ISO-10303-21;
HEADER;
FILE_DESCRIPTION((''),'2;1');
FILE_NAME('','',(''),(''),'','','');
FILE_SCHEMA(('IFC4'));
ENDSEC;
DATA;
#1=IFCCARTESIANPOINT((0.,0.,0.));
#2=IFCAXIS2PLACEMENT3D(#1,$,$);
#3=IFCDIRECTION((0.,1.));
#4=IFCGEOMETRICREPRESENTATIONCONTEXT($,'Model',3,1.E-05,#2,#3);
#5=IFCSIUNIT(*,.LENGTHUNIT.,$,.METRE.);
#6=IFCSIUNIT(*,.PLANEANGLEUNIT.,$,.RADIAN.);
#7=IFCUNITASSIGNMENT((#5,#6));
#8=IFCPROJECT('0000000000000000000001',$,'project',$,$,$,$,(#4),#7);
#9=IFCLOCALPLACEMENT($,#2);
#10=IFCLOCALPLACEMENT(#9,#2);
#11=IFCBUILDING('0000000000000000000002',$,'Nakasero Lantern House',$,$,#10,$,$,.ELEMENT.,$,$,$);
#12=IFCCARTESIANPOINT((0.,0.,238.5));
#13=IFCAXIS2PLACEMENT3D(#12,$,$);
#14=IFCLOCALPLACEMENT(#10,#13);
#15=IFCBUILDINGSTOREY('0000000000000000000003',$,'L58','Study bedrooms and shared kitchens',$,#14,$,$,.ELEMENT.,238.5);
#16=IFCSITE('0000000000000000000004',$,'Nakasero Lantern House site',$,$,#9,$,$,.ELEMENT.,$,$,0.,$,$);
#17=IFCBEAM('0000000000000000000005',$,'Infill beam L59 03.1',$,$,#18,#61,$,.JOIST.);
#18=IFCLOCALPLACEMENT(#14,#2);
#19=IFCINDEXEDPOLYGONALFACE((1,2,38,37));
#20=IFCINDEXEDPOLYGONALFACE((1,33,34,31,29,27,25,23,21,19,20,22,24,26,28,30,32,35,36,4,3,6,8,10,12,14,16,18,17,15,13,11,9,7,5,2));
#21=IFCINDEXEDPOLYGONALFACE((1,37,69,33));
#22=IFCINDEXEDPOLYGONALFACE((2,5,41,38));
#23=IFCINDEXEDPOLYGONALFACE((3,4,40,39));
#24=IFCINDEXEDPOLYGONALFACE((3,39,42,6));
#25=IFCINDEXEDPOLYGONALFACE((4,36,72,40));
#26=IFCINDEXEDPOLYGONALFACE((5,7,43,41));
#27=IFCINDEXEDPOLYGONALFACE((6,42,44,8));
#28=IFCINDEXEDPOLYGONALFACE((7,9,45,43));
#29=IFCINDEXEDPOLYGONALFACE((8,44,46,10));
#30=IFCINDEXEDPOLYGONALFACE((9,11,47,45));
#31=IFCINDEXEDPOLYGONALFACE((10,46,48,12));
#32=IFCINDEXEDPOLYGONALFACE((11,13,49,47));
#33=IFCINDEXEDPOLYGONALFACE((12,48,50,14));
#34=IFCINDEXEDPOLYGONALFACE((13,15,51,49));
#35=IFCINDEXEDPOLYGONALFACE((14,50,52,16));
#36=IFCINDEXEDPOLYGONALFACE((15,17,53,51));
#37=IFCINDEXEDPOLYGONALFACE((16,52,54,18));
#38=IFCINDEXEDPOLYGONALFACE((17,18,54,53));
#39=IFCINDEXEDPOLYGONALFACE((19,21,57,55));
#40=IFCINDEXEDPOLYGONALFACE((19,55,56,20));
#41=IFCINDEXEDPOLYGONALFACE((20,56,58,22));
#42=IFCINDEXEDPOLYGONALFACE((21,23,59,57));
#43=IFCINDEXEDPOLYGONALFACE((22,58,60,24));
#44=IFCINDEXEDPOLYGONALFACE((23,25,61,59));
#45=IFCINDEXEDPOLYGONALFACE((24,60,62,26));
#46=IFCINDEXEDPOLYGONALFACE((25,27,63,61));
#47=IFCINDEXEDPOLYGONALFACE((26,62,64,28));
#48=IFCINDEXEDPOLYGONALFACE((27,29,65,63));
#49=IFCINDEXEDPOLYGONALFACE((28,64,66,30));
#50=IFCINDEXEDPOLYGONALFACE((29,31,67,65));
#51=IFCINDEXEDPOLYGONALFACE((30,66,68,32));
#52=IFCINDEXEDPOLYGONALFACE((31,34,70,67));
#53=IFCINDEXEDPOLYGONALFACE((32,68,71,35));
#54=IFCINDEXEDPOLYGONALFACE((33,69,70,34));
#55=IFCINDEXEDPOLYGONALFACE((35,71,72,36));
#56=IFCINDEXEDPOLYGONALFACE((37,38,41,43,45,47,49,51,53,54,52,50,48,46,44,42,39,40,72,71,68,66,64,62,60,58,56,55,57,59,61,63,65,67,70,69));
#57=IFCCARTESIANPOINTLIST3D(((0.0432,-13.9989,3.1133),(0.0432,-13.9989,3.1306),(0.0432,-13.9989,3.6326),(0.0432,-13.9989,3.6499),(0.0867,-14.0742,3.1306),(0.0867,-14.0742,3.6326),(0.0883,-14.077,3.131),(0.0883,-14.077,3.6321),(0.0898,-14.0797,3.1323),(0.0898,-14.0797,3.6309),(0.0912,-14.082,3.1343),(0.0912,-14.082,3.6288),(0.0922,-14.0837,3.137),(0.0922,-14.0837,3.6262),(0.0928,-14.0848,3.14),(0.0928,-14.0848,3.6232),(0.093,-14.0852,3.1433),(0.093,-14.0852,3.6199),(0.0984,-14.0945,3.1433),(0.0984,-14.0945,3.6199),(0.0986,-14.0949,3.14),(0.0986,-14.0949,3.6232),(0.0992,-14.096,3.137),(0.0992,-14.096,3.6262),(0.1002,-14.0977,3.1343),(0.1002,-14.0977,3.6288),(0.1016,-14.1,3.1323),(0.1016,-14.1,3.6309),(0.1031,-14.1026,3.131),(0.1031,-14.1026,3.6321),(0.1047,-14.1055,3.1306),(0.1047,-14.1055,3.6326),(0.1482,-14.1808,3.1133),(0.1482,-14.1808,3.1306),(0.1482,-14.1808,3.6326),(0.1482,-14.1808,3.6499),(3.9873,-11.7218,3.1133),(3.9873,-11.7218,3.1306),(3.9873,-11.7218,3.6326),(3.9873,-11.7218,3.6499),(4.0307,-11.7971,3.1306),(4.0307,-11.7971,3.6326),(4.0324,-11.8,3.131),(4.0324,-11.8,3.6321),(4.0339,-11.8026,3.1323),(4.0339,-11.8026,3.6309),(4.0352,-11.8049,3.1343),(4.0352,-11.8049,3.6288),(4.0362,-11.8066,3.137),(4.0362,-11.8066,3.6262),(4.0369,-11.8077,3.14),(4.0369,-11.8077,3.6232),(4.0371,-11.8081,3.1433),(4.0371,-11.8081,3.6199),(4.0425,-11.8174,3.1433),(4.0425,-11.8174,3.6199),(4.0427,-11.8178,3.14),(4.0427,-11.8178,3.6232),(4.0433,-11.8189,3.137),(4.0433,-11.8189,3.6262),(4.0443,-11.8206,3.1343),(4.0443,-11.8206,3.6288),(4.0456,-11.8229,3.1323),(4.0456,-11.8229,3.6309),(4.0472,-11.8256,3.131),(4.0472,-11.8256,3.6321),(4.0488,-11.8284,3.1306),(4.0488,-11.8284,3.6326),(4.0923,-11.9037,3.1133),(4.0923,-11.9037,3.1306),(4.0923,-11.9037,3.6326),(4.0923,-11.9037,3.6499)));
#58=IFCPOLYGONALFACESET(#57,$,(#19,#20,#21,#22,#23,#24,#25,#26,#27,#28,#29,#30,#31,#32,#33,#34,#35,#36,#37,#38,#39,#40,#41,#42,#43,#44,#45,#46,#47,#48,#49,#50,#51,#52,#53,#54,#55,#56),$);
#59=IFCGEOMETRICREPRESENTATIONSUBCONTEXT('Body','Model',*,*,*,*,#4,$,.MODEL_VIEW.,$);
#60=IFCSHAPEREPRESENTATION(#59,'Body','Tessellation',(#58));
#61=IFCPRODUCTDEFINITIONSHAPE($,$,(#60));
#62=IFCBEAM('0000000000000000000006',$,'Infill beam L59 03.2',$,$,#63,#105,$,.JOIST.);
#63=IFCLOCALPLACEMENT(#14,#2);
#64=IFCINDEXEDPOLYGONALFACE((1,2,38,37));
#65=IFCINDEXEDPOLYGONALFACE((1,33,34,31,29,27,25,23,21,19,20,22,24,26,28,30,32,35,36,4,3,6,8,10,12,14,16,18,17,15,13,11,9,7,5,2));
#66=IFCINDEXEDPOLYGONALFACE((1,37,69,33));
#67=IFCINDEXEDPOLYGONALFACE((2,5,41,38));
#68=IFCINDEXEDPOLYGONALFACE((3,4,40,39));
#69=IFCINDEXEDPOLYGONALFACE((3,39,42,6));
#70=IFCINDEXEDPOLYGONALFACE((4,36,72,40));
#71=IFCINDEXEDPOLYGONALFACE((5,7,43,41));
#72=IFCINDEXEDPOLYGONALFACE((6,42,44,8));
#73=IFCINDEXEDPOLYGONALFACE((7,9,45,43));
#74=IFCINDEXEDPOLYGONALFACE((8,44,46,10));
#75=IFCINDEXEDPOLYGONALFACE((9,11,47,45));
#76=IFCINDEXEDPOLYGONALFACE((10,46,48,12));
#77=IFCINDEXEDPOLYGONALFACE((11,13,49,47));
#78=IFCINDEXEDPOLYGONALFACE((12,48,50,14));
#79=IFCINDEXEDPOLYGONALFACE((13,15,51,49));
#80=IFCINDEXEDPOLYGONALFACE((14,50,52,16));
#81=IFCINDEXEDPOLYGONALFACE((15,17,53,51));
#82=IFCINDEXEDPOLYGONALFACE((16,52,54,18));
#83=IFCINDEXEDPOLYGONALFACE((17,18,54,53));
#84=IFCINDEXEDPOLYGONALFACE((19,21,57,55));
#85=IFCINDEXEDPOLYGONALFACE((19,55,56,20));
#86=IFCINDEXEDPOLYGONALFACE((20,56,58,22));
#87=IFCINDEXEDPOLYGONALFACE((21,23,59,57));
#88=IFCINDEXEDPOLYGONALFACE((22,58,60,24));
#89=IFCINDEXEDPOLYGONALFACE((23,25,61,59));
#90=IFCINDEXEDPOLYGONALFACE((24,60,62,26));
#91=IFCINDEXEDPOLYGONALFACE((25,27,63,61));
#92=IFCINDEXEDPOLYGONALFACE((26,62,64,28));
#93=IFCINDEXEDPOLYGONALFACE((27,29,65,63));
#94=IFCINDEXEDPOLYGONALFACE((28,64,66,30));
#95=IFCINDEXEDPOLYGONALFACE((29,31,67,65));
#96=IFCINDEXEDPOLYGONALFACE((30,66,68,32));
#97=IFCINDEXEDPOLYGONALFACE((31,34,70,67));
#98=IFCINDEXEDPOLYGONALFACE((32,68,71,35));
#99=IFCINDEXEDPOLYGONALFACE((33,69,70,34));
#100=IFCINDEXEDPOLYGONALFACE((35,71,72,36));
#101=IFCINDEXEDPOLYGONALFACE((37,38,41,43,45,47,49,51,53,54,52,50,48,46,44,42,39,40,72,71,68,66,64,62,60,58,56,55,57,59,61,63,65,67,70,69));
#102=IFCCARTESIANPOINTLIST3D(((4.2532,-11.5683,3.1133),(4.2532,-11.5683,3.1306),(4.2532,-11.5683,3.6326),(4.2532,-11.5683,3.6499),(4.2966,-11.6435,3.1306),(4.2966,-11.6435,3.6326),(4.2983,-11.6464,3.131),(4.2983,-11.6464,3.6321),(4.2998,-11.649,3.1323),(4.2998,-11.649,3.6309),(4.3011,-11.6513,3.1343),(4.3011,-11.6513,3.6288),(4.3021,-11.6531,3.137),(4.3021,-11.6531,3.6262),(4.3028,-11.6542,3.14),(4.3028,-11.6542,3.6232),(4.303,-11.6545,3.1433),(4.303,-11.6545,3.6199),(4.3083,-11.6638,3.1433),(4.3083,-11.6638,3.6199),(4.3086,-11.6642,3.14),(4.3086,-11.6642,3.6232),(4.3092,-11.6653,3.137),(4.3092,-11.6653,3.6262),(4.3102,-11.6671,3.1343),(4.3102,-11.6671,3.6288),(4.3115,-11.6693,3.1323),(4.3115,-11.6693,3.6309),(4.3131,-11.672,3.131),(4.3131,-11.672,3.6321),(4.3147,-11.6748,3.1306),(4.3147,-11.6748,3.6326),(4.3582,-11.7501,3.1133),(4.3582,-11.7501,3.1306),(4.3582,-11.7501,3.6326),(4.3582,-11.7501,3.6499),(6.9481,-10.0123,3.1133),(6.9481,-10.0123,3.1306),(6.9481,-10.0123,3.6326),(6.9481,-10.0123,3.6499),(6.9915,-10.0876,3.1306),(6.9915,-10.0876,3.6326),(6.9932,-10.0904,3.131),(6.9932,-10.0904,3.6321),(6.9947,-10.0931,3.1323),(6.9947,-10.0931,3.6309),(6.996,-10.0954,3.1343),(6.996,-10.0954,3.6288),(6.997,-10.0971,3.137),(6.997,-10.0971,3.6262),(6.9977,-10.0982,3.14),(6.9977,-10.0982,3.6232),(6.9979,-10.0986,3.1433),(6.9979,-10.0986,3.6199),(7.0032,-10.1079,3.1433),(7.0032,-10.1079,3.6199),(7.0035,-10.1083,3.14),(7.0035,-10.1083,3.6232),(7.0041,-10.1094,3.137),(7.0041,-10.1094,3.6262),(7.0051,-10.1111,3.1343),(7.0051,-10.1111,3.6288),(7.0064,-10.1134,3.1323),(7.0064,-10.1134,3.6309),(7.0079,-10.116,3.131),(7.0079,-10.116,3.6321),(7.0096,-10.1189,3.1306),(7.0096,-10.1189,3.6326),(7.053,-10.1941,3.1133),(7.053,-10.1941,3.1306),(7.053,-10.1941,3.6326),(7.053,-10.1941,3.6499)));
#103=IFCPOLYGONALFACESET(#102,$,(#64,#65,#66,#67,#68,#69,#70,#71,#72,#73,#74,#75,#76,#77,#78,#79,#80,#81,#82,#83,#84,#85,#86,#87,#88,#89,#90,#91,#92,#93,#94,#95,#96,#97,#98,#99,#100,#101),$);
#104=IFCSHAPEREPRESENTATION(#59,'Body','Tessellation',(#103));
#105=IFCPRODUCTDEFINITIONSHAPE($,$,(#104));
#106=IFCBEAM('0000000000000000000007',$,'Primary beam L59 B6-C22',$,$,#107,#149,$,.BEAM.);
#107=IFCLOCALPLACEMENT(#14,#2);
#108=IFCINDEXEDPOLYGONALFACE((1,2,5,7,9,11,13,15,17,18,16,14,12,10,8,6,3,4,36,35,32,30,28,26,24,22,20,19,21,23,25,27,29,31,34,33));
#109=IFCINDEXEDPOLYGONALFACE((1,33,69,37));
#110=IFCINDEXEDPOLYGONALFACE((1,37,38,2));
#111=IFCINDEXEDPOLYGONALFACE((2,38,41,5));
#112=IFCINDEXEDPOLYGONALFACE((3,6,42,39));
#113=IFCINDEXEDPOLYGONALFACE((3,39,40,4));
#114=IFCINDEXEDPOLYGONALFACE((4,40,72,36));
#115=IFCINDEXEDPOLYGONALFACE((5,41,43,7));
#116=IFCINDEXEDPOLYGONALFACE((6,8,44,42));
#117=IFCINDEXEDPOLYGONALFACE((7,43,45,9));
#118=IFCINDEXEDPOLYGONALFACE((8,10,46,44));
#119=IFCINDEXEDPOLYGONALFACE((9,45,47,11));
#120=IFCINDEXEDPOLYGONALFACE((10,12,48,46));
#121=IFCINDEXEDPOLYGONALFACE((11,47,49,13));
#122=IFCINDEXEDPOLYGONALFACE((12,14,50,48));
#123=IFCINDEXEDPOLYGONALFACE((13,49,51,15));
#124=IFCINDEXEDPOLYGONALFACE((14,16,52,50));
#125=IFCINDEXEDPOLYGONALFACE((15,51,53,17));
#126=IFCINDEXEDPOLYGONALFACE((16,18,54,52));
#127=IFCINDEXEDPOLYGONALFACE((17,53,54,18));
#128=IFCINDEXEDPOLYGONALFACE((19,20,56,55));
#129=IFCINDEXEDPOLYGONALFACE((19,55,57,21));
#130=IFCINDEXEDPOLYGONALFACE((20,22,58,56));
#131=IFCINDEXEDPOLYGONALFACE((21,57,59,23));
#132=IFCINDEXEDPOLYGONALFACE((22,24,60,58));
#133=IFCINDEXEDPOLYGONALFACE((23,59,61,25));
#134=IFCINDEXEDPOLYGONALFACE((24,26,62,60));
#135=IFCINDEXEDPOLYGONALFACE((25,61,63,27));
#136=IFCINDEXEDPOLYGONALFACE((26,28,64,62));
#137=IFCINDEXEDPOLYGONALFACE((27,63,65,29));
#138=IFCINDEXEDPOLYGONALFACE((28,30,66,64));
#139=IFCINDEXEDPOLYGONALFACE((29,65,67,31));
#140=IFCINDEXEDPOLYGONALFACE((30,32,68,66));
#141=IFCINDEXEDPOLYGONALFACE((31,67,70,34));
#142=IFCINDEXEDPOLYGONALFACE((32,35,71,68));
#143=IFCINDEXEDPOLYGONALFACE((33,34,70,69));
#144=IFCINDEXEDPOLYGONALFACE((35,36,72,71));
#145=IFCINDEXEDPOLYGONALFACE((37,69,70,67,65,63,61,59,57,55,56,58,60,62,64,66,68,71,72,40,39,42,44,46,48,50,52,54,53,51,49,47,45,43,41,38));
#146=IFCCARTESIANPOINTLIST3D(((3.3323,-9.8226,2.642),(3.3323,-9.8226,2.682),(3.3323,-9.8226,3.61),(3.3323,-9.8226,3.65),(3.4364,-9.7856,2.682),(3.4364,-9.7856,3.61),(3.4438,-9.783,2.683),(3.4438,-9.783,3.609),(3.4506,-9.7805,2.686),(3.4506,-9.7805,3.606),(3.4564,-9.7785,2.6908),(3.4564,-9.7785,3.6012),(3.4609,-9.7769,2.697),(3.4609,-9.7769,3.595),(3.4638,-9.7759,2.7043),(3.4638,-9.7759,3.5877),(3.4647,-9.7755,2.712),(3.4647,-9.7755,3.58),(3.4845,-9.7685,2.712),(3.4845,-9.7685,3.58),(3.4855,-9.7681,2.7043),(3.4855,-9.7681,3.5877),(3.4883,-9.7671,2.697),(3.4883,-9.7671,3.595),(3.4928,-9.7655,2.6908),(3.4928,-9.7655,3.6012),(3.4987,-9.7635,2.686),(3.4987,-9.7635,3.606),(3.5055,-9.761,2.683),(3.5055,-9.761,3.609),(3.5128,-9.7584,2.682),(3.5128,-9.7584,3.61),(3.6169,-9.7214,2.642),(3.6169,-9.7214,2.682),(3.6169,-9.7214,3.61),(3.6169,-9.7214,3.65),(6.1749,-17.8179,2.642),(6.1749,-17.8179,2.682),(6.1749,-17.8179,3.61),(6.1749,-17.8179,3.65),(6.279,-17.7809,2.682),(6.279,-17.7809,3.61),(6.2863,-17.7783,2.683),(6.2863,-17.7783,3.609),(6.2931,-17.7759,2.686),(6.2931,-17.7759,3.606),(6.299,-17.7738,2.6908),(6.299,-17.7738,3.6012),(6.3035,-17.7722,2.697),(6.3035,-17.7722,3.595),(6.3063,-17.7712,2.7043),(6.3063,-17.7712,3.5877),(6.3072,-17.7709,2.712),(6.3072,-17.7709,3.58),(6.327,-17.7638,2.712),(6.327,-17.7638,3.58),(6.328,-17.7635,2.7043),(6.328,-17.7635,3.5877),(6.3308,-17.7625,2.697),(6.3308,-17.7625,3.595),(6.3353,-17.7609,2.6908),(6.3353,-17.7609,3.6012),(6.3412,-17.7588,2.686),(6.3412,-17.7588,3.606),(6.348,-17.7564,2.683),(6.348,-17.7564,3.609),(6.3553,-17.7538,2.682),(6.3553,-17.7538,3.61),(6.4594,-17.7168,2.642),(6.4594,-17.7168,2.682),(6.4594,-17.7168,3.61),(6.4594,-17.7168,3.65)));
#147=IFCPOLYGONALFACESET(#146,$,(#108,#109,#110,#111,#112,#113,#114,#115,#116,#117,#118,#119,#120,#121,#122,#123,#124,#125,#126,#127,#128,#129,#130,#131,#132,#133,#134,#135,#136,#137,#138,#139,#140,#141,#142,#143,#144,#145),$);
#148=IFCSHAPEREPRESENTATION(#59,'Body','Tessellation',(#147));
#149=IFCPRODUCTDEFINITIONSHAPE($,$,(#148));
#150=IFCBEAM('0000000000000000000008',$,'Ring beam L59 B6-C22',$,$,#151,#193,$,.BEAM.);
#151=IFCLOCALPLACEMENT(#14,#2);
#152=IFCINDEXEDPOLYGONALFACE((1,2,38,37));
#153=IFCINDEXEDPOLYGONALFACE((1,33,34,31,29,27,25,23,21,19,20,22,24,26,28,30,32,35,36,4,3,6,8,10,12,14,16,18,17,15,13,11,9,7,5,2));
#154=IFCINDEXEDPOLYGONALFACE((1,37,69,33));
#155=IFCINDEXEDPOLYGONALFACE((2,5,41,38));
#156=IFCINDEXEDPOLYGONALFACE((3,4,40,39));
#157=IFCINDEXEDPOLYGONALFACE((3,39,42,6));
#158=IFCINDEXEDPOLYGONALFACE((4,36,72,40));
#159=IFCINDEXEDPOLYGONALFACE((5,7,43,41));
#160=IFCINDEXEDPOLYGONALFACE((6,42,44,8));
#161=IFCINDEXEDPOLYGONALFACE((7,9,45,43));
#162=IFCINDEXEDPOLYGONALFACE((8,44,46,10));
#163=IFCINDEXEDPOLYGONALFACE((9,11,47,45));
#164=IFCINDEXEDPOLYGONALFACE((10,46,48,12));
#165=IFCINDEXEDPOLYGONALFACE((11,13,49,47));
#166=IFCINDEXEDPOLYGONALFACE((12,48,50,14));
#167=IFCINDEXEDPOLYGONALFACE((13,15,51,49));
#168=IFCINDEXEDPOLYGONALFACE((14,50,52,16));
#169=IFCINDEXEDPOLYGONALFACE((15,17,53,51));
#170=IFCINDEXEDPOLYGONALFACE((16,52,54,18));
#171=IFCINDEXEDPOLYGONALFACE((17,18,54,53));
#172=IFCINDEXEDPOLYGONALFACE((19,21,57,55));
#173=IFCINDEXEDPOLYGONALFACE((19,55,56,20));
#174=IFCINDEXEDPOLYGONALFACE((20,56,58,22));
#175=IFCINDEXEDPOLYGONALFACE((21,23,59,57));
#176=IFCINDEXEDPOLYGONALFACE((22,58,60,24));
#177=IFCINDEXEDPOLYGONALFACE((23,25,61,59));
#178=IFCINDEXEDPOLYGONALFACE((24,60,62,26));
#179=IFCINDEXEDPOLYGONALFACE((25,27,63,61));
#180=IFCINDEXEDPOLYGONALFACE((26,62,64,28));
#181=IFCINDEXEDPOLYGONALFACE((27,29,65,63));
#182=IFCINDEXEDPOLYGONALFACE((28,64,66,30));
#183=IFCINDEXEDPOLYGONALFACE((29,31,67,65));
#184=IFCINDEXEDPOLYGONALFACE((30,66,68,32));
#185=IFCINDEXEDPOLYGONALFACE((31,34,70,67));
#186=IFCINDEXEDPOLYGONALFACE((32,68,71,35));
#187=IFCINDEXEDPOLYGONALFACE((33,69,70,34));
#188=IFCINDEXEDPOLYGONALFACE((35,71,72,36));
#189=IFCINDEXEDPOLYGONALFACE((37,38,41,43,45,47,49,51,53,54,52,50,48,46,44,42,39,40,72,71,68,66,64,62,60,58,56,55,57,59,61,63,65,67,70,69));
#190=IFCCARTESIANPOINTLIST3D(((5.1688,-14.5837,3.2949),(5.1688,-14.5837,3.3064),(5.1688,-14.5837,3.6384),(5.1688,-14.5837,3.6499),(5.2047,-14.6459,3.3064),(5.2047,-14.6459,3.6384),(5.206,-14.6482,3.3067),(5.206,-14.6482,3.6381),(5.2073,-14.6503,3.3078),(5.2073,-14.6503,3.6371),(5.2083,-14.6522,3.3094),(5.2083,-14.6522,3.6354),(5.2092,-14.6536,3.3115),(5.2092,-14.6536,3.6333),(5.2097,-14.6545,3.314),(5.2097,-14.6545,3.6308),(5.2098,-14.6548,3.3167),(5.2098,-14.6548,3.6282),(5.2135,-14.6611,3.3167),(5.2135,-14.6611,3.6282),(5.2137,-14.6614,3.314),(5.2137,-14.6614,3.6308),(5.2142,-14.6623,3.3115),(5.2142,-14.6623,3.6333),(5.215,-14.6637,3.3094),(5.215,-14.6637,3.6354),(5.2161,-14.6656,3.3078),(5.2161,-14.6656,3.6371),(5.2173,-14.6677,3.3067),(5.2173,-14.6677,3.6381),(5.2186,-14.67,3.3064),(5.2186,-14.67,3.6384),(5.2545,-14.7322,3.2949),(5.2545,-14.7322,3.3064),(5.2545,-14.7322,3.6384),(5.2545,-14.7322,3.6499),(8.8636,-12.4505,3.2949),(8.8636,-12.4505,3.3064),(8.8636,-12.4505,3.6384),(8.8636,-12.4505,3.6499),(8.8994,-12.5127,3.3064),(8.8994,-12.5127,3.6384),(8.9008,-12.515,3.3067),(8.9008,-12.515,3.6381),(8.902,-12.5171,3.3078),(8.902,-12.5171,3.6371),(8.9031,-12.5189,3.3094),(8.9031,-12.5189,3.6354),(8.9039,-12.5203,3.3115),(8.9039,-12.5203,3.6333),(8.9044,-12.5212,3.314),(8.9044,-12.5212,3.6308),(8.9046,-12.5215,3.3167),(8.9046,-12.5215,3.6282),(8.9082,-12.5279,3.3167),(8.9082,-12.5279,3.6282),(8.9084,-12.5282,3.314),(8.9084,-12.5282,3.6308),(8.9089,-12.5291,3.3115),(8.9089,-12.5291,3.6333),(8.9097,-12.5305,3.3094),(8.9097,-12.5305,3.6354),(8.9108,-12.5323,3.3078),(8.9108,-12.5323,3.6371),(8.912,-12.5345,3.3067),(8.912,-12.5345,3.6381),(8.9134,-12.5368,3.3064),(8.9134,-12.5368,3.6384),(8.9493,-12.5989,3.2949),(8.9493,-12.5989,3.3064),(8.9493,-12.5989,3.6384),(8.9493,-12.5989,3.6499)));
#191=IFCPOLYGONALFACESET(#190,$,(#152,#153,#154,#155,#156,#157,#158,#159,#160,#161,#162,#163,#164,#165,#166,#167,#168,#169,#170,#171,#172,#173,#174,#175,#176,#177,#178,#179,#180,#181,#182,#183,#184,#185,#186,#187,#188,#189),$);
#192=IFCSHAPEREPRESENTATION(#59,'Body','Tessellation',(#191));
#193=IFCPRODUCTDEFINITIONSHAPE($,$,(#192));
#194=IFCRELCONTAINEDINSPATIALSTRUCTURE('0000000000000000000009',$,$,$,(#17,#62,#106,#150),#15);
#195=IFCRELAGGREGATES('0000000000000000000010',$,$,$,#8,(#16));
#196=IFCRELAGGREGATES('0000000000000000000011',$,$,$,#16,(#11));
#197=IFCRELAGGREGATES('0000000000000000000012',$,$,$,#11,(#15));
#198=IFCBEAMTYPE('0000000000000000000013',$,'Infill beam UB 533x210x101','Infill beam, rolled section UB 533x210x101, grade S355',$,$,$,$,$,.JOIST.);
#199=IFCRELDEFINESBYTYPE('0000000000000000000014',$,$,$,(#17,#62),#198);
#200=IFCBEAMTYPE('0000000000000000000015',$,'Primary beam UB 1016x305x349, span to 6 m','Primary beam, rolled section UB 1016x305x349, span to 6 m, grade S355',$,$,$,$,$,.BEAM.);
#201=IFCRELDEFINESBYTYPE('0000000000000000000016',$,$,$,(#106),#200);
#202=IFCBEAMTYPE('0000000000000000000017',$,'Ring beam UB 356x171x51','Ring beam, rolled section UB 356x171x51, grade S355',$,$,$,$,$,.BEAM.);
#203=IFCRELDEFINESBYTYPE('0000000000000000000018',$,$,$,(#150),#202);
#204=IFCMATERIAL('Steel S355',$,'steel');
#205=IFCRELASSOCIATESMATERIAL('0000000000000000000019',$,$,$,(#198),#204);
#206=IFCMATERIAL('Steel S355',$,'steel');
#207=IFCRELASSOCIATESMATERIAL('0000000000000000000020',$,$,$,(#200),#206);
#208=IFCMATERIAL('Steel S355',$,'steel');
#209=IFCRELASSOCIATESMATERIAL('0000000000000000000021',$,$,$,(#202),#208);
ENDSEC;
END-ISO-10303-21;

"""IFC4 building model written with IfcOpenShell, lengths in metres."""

from ifc_helpers import new_model, si_unit, direction, frame, origin, origin_2d, place, context, subcontext, project, spatial, i_section, extrude, material, material_profile, profile_set, type_object, element, save


model = new_model("IFC4")

# Units and contexts
model_context = context("Model", 3, precision=1e-05, world=origin(), true_north=direction((0.0, 1.0)))
body_context = subcontext(model_context, "Body", "Model", "MODEL_VIEW")
ifc_project = project(units=[si_unit("LENGTHUNIT", "METRE"), si_unit("PLANEANGLEUNIT", "RADIAN")], contexts=[model_context])

# Site, building, storey
site_placement = place(None, origin())
site = spatial("IfcSite", under=ifc_project, at=site_placement, Name="Nakasero Lantern House site", CompositionType="ELEMENT", RefElevation=0.0)
building_placement = place(site_placement, origin())
building = spatial("IfcBuilding", under=site, at=building_placement, Name="Nakasero Lantern House", CompositionType="ELEMENT")
storey_placement = place(building_placement, frame((0.0, 0.0, 238.5)))
storey = spatial("IfcBuildingStorey", under=building, at=storey_placement, Name="L58", Description="Study bedrooms and shared kitchens", CompositionType="ELEMENT", Elevation=238.5)

# Beams
ifc_material_1 = material(Name="Steel S355", Category="steel")
ifc_material_profile_1 = material_profile(ifc_material_1, i_section(OverallWidth=0.21, OverallDepth=0.5366, WebThickness=0.0107, FlangeThickness=0.0173, FilletRadius=0.0127, at=origin_2d()), Name="UB 533x210x101")
ifc_profile_set_1 = profile_set([ifc_material_profile_1], Name="Steel S355")
beam_type_1 = type_object("IfcBeamType", Name="Infill beam UB 533x210x101", Description="Infill beam, rolled section UB 533x210x101, grade S355", PredefinedType="JOIST", material=ifc_profile_set_1)
beam_1_placement = place(storey_placement, frame((0.0957, -14.0898, 3.3816), z_axis=(0.866028, 0.499996, 0.0), x_axis=(-0.499996, 0.866028, 0.0)))
element("IfcBeam", 1, at=beam_1_placement, inside=storey, type_object=beam_type_1, Name="Infill beam L59 03.1", PredefinedType="JOIST", context=body_context, shape_type="SweptSolid", body=[
    extrude(i_section(OverallWidth=0.21, OverallDepth=0.5366, WebThickness=0.0107, FlangeThickness=0.0173, FilletRadius=0.0127, at=origin_2d()), origin(), (0.0, 0.0, 1.0), 4.5542),
])
beam_2_placement = place(storey_placement, frame((4.3057, -11.6592, 3.3816), z_axis=(0.866018, 0.500012, 0.0), x_axis=(-0.500012, 0.866018, 0.0)))
element("IfcBeam", 2, at=beam_2_placement, inside=storey, type_object=beam_type_1, Name="Infill beam L59 03.2", PredefinedType="JOIST", context=body_context, shape_type="SweptSolid", body=[
    extrude(i_section(OverallWidth=0.21, OverallDepth=0.5366, WebThickness=0.0107, FlangeThickness=0.0173, FilletRadius=0.0127, at=origin_2d()), origin(), (0.0, 0.0, 1.0), 3.1118),
])
ifc_material_2 = material(Name="Steel S355", Category="steel")
ifc_material_profile_2 = material_profile(ifc_material_2, i_section(OverallWidth=0.302, OverallDepth=1.0081, WebThickness=0.021, FlangeThickness=0.04, FilletRadius=0.03, at=origin_2d()), Name="UB 1016x305x349")
ifc_profile_set_2 = profile_set([ifc_material_profile_2], Name="Steel S355")
beam_type_2 = type_object("IfcBeamType", Name="Primary beam UB 1016x305x349, span to 6 m", Description="Primary beam, rolled section UB 1016x305x349, span to 6 m, grade S355", PredefinedType="BEAM", material=ifc_profile_set_2)
beam_3_placement = place(storey_placement, frame((6.3171, -17.7673, 3.146), z_axis=(-0.334982, 0.942225, 0.0), x_axis=(-0.942225, -0.334982, 0.0)))
element("IfcBeam", 3, at=beam_3_placement, inside=storey, type_object=beam_type_2, Name="Primary beam L59 B6-C22", PredefinedType="BEAM", context=body_context, shape_type="SweptSolid", body=[
    extrude(i_section(OverallWidth=0.302, OverallDepth=1.0081, WebThickness=0.021, FlangeThickness=0.04, FilletRadius=0.03, at=origin_2d()), origin(), (0.0, 0.0, 1.0), 8.4856),
])
ifc_material_3 = material(Name="Steel S355", Category="steel")
ifc_material_profile_3 = material_profile(ifc_material_3, i_section(OverallWidth=0.1714, OverallDepth=0.355, WebThickness=0.0073, FlangeThickness=0.0115, FilletRadius=0.0103, at=origin_2d()), Name="UB 356x171x51")
ifc_profile_set_3 = profile_set([ifc_material_profile_3], Name="Steel S355")
beam_type_3 = type_object("IfcBeamType", Name="Ring beam UB 356x171x51", Description="Ring beam, rolled section UB 356x171x51, grade S355", PredefinedType="BEAM", material=ifc_profile_set_3)
beam_4_placement = place(storey_placement, frame((5.2117, -14.658, 3.4724), z_axis=(0.866016, 0.500016, 0.0), x_axis=(-0.500016, 0.866016, 0.0)))
element("IfcBeam", 4, at=beam_4_placement, inside=storey, type_object=beam_type_3, Name="Ring beam L59 B6-C22", PredefinedType="BEAM", context=body_context, shape_type="SweptSolid", body=[
    extrude(i_section(OverallWidth=0.1714, OverallDepth=0.355, WebThickness=0.0073, FlangeThickness=0.0115, FilletRadius=0.0103, at=origin_2d()), origin(), (0.0, 0.0, 1.0), 4.2664),
])

save(model, "model.ifc")
